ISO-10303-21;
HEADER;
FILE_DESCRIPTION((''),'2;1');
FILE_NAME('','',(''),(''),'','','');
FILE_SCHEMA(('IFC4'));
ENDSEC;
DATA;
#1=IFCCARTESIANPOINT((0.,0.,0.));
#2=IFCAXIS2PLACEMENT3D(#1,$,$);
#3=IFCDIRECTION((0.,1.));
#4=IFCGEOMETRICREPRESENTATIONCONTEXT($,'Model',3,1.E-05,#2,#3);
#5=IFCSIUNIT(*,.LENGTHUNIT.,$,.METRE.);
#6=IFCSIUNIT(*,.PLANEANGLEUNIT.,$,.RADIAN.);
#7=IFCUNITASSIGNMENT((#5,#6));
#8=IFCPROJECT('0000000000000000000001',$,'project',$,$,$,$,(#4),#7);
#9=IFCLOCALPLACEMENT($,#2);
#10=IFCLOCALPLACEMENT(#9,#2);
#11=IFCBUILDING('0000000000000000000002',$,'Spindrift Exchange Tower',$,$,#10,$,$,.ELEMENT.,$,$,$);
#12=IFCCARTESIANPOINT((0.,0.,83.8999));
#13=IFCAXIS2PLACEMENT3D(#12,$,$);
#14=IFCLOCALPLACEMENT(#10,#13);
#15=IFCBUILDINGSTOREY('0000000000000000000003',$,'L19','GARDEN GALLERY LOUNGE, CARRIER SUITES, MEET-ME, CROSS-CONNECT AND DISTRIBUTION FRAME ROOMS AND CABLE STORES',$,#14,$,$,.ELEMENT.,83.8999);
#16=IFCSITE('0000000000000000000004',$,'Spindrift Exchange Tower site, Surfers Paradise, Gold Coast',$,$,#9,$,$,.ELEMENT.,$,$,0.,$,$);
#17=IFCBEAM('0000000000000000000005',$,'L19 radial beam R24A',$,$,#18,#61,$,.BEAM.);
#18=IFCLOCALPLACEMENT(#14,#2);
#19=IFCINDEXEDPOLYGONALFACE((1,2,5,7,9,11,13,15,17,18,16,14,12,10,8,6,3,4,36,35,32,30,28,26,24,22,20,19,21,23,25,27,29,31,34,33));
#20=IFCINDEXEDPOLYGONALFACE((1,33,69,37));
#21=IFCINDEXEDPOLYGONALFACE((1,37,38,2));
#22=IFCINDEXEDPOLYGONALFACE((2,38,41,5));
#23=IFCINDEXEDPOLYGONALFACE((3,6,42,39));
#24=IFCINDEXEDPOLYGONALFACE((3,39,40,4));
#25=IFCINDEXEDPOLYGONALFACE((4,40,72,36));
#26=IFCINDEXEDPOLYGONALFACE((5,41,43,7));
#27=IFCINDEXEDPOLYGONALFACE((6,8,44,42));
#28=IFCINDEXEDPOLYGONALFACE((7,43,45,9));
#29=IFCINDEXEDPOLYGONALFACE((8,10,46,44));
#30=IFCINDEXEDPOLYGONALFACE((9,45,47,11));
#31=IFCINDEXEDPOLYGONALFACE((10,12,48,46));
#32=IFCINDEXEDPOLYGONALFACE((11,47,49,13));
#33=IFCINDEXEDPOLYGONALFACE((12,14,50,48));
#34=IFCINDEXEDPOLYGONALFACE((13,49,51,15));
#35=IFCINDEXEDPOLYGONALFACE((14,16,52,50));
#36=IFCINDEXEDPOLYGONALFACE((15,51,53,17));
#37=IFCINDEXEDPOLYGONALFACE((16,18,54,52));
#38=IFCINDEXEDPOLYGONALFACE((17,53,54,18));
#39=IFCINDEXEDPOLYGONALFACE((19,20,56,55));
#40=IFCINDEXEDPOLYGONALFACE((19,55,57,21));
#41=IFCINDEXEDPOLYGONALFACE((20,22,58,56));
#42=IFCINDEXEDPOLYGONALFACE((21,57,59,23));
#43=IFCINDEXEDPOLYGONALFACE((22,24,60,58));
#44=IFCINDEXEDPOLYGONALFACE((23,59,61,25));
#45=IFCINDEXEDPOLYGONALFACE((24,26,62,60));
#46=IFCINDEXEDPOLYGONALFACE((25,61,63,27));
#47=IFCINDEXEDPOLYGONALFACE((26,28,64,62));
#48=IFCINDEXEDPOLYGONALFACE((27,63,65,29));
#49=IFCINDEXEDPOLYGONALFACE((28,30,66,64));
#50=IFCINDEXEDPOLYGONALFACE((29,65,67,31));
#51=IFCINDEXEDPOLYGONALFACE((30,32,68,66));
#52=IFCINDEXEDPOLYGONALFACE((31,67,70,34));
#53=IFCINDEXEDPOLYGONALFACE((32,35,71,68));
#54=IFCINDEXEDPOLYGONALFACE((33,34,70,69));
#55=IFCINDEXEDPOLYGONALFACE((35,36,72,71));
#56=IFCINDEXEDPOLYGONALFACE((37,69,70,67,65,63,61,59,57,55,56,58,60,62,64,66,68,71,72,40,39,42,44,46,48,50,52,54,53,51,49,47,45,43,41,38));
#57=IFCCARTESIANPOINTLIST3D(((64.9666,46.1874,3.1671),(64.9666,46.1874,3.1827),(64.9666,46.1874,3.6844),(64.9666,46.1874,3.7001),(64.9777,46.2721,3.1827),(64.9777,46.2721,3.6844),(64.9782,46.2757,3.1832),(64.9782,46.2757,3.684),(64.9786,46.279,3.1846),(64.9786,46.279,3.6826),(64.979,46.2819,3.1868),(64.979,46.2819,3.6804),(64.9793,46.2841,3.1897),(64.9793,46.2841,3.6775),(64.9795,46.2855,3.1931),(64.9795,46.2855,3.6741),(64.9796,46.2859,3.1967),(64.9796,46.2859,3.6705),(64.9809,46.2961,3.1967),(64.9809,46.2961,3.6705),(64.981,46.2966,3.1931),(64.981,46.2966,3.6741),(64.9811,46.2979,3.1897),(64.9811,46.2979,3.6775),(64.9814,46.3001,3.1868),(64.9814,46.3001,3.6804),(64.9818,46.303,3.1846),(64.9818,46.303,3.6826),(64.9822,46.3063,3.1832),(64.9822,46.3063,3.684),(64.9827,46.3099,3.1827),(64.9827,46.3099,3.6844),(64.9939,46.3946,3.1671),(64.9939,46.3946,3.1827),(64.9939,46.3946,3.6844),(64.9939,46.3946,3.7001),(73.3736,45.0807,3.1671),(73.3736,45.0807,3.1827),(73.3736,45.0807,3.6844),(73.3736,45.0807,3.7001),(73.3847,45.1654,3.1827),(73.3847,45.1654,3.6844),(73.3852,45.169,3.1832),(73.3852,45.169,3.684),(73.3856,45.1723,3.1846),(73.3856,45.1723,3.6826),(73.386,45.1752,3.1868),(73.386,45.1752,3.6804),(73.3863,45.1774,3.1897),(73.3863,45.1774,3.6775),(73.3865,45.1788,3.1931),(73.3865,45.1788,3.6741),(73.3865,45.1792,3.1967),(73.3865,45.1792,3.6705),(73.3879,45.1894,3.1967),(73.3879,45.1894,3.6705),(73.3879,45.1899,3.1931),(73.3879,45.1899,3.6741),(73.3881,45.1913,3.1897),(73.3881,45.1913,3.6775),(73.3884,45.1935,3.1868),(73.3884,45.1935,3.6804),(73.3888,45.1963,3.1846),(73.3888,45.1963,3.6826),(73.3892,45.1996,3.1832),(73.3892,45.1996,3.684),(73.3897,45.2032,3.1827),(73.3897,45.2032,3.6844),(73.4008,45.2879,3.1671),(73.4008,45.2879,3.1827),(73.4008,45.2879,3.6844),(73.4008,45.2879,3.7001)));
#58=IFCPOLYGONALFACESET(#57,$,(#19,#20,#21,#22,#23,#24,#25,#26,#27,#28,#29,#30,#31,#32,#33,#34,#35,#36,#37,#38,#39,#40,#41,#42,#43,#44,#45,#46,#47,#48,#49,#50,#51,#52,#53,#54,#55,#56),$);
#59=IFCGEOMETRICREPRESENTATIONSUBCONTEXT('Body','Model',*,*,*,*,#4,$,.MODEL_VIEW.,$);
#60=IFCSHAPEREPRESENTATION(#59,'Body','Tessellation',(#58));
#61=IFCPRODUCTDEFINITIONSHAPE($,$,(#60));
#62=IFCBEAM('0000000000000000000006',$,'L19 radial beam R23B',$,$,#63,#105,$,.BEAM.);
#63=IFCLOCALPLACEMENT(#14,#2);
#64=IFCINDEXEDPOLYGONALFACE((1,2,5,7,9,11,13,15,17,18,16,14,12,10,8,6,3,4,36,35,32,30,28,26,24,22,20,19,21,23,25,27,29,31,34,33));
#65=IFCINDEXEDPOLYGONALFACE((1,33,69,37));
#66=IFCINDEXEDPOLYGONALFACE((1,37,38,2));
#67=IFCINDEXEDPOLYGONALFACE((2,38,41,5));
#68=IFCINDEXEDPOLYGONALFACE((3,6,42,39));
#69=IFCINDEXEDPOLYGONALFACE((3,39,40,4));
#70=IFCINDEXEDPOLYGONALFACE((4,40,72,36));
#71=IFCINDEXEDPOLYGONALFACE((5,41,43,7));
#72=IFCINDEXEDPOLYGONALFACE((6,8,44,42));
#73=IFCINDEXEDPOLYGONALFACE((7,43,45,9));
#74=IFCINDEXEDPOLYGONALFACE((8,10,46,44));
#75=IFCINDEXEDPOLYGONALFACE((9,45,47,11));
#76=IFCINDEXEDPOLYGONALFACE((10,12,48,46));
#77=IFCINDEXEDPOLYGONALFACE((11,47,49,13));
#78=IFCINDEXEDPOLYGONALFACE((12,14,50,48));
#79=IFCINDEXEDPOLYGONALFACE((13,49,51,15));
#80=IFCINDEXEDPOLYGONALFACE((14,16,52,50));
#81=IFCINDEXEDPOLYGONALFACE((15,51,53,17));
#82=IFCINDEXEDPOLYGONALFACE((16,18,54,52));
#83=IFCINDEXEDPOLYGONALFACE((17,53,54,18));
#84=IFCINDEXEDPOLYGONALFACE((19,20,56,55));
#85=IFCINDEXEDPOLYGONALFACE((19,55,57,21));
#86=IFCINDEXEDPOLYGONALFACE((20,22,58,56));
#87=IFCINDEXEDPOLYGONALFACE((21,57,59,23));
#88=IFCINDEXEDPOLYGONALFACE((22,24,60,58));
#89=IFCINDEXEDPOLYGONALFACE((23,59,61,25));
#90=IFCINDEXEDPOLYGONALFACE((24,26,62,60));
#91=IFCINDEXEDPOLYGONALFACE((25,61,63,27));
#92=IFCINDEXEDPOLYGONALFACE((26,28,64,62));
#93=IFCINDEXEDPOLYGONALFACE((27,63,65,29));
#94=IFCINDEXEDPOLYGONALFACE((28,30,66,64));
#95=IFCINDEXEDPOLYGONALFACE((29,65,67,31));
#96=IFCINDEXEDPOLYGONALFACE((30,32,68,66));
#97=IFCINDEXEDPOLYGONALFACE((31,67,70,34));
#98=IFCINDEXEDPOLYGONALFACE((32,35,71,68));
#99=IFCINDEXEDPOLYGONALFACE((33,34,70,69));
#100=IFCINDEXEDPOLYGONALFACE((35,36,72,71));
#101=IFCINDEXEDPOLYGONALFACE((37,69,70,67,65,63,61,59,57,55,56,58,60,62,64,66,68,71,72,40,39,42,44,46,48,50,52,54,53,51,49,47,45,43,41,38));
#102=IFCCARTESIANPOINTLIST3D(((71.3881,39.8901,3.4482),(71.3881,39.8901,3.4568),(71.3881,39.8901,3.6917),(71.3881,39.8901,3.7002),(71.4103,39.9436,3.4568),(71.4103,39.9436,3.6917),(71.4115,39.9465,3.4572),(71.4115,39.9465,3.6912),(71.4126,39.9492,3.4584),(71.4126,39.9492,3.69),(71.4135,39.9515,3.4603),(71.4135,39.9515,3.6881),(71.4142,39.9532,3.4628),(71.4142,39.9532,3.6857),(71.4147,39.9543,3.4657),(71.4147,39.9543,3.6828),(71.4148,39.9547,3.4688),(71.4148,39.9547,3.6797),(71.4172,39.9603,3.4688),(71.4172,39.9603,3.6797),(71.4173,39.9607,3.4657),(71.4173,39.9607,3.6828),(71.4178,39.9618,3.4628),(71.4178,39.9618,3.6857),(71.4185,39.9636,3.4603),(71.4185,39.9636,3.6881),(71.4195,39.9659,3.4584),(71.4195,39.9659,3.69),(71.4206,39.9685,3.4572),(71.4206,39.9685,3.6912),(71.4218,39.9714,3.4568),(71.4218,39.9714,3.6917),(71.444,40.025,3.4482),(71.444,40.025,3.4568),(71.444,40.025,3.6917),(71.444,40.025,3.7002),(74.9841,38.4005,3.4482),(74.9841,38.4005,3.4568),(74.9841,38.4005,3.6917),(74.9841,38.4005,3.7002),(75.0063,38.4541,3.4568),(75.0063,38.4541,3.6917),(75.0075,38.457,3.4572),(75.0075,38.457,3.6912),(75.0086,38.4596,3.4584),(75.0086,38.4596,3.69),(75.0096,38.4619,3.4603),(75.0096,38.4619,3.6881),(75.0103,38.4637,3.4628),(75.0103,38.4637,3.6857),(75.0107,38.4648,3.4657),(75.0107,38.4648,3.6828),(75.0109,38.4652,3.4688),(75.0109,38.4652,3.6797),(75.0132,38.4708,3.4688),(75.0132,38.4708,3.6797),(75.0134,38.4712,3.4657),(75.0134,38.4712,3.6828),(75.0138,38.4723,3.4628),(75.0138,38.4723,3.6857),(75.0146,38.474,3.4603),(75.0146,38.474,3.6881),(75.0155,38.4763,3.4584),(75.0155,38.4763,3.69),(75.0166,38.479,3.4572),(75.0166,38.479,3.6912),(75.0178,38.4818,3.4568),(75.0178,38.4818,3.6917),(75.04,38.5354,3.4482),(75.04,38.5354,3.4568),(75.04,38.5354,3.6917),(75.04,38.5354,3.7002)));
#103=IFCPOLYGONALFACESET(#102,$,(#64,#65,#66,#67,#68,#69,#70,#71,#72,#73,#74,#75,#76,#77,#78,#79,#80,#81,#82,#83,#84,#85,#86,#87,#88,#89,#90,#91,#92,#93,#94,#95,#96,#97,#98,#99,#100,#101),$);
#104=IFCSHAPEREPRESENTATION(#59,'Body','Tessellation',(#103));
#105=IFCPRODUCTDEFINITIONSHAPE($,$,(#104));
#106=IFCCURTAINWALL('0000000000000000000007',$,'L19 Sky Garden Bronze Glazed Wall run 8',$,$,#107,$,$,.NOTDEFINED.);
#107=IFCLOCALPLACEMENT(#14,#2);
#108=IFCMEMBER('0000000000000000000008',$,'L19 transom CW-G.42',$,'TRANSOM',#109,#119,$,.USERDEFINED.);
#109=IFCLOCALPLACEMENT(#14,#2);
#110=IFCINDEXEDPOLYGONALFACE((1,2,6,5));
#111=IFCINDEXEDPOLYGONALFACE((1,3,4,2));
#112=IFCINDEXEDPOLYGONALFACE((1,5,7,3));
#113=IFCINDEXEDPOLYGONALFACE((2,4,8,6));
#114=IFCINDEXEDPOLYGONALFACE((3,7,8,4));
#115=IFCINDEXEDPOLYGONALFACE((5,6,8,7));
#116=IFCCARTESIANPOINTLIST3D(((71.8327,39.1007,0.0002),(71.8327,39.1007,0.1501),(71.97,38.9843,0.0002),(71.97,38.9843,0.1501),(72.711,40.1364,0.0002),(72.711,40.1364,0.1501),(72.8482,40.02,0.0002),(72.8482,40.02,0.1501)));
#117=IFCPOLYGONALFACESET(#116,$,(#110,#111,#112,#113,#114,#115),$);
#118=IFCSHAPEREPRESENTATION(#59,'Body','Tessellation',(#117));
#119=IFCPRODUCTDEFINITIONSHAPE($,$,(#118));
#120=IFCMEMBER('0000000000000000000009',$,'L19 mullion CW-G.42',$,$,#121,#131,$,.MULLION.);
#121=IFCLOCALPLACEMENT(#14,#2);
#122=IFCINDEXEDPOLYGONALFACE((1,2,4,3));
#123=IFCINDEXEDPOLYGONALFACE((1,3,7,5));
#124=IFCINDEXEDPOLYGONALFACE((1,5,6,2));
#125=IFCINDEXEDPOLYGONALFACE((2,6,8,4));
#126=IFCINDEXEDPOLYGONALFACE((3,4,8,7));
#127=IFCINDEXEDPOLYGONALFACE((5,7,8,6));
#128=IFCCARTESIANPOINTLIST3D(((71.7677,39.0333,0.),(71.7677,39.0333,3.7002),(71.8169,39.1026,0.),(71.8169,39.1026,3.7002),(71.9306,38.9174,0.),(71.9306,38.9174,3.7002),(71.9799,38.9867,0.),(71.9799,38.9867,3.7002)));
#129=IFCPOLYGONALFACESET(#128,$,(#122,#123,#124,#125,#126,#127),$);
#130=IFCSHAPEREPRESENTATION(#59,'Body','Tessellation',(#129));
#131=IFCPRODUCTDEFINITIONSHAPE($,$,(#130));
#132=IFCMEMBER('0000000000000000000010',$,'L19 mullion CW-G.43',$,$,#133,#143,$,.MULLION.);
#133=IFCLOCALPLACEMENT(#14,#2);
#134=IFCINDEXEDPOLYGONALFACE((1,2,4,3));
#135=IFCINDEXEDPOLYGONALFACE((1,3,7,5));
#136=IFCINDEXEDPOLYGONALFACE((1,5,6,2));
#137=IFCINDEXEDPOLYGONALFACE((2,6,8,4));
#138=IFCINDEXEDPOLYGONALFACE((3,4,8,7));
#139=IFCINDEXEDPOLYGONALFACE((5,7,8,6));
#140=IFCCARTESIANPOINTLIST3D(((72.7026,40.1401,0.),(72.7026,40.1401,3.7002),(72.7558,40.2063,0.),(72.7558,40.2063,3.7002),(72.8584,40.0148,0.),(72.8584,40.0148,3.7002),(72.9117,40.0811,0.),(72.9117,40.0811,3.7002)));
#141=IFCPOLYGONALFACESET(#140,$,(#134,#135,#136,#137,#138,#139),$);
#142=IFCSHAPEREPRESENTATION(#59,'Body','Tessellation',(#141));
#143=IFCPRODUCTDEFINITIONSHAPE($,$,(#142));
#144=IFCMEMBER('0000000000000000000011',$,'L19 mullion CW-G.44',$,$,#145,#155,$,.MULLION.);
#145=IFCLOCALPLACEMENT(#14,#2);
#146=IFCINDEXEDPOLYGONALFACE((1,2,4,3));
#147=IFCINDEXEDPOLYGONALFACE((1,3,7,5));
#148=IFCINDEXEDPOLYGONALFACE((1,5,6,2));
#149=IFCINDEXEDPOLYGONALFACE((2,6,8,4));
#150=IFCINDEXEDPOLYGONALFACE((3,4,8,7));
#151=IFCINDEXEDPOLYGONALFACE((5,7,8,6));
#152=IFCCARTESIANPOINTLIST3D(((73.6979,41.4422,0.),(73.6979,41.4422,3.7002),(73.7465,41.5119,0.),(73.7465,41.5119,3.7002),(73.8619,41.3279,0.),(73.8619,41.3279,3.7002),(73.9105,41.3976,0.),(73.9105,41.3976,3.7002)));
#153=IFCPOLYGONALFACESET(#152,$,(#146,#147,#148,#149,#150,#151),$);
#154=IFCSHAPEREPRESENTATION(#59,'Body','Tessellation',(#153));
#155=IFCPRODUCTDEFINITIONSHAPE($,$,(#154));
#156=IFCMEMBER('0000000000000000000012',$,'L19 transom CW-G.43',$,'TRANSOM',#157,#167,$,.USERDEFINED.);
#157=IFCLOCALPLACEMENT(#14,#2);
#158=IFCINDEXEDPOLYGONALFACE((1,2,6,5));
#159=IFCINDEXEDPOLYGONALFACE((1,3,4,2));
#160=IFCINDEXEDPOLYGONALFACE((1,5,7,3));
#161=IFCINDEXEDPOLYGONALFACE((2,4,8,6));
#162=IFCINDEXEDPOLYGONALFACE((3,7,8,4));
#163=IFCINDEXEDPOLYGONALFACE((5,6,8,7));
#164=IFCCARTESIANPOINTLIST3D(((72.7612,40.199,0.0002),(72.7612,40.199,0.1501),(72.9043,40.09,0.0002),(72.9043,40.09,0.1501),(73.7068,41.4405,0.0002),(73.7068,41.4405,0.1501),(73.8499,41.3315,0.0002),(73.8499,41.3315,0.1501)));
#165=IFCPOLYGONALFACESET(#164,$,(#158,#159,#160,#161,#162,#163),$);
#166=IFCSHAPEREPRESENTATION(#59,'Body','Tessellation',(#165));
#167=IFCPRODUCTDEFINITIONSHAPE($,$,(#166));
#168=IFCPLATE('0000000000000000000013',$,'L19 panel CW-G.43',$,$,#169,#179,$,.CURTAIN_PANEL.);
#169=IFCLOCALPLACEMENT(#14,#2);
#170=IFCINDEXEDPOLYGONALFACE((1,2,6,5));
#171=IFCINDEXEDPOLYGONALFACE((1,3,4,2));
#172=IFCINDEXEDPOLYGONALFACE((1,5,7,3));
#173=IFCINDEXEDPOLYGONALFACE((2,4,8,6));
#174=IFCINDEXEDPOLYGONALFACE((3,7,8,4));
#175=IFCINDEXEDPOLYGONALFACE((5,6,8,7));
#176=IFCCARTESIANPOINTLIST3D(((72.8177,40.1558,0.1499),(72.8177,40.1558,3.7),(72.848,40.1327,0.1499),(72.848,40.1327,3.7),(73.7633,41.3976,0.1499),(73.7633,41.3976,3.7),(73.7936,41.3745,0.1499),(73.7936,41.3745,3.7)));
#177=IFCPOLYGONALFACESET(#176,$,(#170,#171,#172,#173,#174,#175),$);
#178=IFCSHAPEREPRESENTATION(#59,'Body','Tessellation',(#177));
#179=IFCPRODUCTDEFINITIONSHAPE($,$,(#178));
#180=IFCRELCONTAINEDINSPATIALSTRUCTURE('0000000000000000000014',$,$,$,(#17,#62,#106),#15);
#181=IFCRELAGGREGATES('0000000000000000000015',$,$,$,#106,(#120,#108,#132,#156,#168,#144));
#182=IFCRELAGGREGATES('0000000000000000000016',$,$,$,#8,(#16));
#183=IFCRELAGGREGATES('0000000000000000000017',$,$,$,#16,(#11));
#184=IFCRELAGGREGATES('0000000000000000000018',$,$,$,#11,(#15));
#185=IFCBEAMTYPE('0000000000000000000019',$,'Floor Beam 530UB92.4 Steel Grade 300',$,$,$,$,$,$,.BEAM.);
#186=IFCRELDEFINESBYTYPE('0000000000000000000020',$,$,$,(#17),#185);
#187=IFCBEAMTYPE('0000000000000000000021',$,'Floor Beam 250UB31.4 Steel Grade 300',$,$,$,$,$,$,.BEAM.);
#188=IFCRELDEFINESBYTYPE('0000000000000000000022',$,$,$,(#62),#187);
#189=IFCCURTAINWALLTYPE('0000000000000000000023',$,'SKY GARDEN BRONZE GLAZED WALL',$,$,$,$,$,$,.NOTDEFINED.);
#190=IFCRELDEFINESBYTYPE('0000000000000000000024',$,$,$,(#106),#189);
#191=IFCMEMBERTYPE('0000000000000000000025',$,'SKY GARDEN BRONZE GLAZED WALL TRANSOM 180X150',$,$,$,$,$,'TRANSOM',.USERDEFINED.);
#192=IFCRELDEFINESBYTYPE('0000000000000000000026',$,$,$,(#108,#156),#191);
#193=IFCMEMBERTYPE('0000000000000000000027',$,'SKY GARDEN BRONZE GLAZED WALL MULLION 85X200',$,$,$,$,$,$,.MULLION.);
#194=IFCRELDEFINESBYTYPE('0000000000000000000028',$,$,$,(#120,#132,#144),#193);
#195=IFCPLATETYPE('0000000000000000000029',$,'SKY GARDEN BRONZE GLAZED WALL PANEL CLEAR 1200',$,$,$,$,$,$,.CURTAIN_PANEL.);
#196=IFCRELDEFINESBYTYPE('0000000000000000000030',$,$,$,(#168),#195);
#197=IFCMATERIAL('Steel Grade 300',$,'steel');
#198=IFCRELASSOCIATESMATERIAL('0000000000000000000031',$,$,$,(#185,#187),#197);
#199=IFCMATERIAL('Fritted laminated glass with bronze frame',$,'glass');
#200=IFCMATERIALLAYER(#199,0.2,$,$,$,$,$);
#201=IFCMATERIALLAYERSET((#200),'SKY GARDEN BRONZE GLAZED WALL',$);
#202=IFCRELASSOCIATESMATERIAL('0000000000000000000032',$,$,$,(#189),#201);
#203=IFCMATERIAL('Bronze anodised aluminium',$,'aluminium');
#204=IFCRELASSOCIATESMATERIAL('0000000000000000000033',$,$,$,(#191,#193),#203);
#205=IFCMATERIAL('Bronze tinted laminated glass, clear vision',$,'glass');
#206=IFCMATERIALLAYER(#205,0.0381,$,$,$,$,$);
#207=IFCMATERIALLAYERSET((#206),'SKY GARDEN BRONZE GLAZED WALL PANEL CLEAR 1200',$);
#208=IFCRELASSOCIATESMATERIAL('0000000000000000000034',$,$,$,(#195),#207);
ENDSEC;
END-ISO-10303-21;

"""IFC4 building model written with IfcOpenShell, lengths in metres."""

from ifc_helpers import new_model, si_unit, direction, frame, origin, origin_2d, place, context, subcontext, project, spatial, rectangle, i_section, extrude, source, transform, mapped, material, layer, layer_set, material_profile, profile_set, type_object, element, aggregate, save


model = new_model("IFC4")

# Units and contexts
model_context = context("Model", 3, precision=1e-05, world=origin(), true_north=direction((0.0, 1.0)))
body_context = subcontext(model_context, "Body", "Model", "MODEL_VIEW")
ifc_project = project(units=[si_unit("LENGTHUNIT", "METRE"), si_unit("PLANEANGLEUNIT", "RADIAN")], contexts=[model_context])

# Site, building, storey
site_placement = place(None, origin())
site = spatial("IfcSite", under=ifc_project, at=site_placement, Name="Spindrift Exchange Tower site, Surfers Paradise, Gold Coast", CompositionType="ELEMENT", RefElevation=0.0)
building_placement = place(site_placement, origin())
building = spatial("IfcBuilding", under=site, at=building_placement, Name="Spindrift Exchange Tower", CompositionType="ELEMENT")
storey_placement = place(building_placement, frame((0.0, 0.0, 83.8999)))
storey = spatial("IfcBuildingStorey", under=building, at=storey_placement, Name="L19", Description="GARDEN GALLERY LOUNGE, CARRIER SUITES, MEET-ME, CROSS-CONNECT AND DISTRIBUTION FRAME ROOMS AND CABLE STORES", CompositionType="ELEMENT", Elevation=83.8999)

# Beams
ifc_material_1 = material(Name="Steel Grade 300", Category="steel")
ifc_material_profile_1 = material_profile(ifc_material_1, i_section(OverallWidth=0.209, OverallDepth=0.533, WebThickness=0.0103, FlangeThickness=0.0156, FilletRadius=0.0139, at=origin_2d()), Name="530UB92.4")
ifc_profile_set_1 = profile_set([ifc_material_profile_1], Name="Steel Grade 300")
beam_type_1 = type_object("IfcBeamType", Name="Floor Beam 530UB92.4 Steel Grade 300", PredefinedType="BEAM", material=ifc_profile_set_1)
shared_shape_1 = source(origin(), body_context, "Body", "SweptSolid", [
    extrude(i_section(OverallWidth=0.209, OverallDepth=0.533, WebThickness=0.0103, FlangeThickness=0.0156, FilletRadius=0.0139, at=origin_2d()), origin(), (0.0, 0.0, 1.0), 8.4795),
])
beam_1_placement = place(storey_placement, frame((64.9802, 46.291, 3.4336), z_axis=(0.991447, -0.130513, 0.0), x_axis=(0.130513, 0.991447, 0.0)))
element("IfcBeam", 1, at=beam_1_placement, inside=storey, type_object=beam_type_1, Name="L19 radial beam R24A", PredefinedType="BEAM", context=body_context, shape_type="MappedRepresentation", body=[
    mapped(shared_shape_1, transform((0.0, 0.0, 0.0), scale=1.0)),
])
ifc_material_profile_2 = material_profile(ifc_material_1, i_section(OverallWidth=0.146, OverallDepth=0.252, WebThickness=0.0061, FlangeThickness=0.0085, FilletRadius=0.012, at=origin_2d()), Name="250UB31.4")
ifc_profile_set_2 = profile_set([ifc_material_profile_2], Name="Steel Grade 300")
beam_type_2 = type_object("IfcBeamType", Name="Floor Beam 250UB31.4 Steel Grade 300", PredefinedType="BEAM", material=ifc_profile_set_2)
shared_shape_2 = source(origin(), body_context, "Body", "SweptSolid", [
    extrude(i_section(OverallWidth=0.146, OverallDepth=0.252, WebThickness=0.0061, FlangeThickness=0.0085, FilletRadius=0.012, at=origin_2d()), origin(), (0.0, 0.0, 1.0), 3.8923),
])
beam_2_placement = place(storey_placement, frame((71.416, 39.9575, 3.5742), z_axis=(0.923878, -0.382686, 0.0), x_axis=(0.382686, 0.923878, 0.0)))
element("IfcBeam", 2, at=beam_2_placement, inside=storey, type_object=beam_type_2, Name="L19 radial beam R23B", PredefinedType="BEAM", context=body_context, shape_type="MappedRepresentation", body=[
    mapped(shared_shape_2, transform((0.0, 0.0, 0.0), scale=1.0)),
])

# Curtain wall, members, plate
ifc_material_2 = material(Name="Fritted laminated glass with bronze frame", Category="glass")
ifc_layer_1 = layer(ifc_material_2, 0.2)
ifc_layer_set_1 = layer_set([ifc_layer_1], Name="SKY GARDEN BRONZE GLAZED WALL")
curtain_wall_type = type_object("IfcCurtainWallType", Name="SKY GARDEN BRONZE GLAZED WALL", PredefinedType="NOTDEFINED", material=ifc_layer_set_1)
curtain_wall_placement = place(storey_placement, origin())
curtain_wall = element("IfcCurtainWall", 3, at=curtain_wall_placement, inside=storey, type_object=curtain_wall_type, Name="L19 Sky Garden Bronze Glazed Wall run 8", PredefinedType="NOTDEFINED")
ifc_material_3 = material(Name="Bronze anodised aluminium", Category="aluminium")
ifc_material_profile_3 = material_profile(ifc_material_3, rectangle(XDim=0.1799, YDim=0.1499, at=origin_2d()), Name="SKY GARDEN BRONZE GLAZED WALL TRANSOM 180X150")
ifc_profile_set_3 = profile_set([ifc_material_profile_3], Name="Bronze anodised aluminium")
member_type_1 = type_object("IfcMemberType", Name="SKY GARDEN BRONZE GLAZED WALL TRANSOM 180X150", ElementType="TRANSOM", PredefinedType="USERDEFINED", material=ifc_profile_set_3)
shared_shape_3 = source(origin(), body_context, "Body", "SweptSolid", [
    extrude(rectangle(XDim=0.1799, YDim=0.1499, at=origin_2d()), origin(), (0.0, 0.0, 1.0), 1.3579),
])
member_1_placement = place(storey_placement, frame((71.9014, 39.0425, 0.0752), z_axis=(0.64674, 0.762711, 0.0), x_axis=(-0.762711, 0.64674, 0.0)))
member_1 = element("IfcMember", 4, at=member_1_placement, type_object=member_type_1, Name="L19 transom CW-G.42", ObjectType="TRANSOM", PredefinedType="USERDEFINED", context=body_context, shape_type="MappedRepresentation", body=[
    mapped(shared_shape_3, transform((0.0, 0.0, 0.0), scale=1.0)),
])
ifc_material_profile_4 = material_profile(ifc_material_3, rectangle(XDim=0.085, YDim=0.2, at=origin_2d()), Name="SKY GARDEN BRONZE GLAZED WALL MULLION 85X200")
ifc_profile_set_4 = profile_set([ifc_material_profile_4], Name="Bronze anodised aluminium")
member_type_2 = type_object("IfcMemberType", Name="SKY GARDEN BRONZE GLAZED WALL MULLION 85X200", PredefinedType="MULLION", material=ifc_profile_set_4)
shared_shape_4 = source(origin(), body_context, "Body", "SweptSolid", [
    extrude(rectangle(XDim=0.085, YDim=0.2, at=origin_2d()), origin(), (0.0, 0.0, 1.0), 3.7002),
])
member_2_placement = place(storey_placement, frame((71.8738, 39.01, 0.0), z_axis=(0.0, 0.0, 1.0), x_axis=(0.579583, 0.814913, 0.0)))
member_2 = element("IfcMember", 5, at=member_2_placement, type_object=member_type_2, Name="L19 mullion CW-G.42", PredefinedType="MULLION", context=body_context, shape_type="MappedRepresentation", body=[
    mapped(shared_shape_4, transform((0.0, 0.0, 0.0), scale=1.0)),
])
member_3_placement = place(storey_placement, frame((72.8071, 40.1106, 0.0), z_axis=(0.0, 0.0, 1.0), x_axis=(0.626527, 0.7794, 0.0)))
member_3 = element("IfcMember", 6, at=member_3_placement, type_object=member_type_2, Name="L19 mullion CW-G.43", PredefinedType="MULLION", context=body_context, shape_type="MappedRepresentation", body=[
    mapped(shared_shape_4, transform((0.0, 0.0, 0.0), scale=1.0)),
])
member_4_placement = place(storey_placement, frame((73.8042, 41.4199, 0.0), z_axis=(0.0, 0.0, 1.0), x_axis=(0.57181, 0.820386, 0.0)))
member_4 = element("IfcMember", 7, at=member_4_placement, type_object=member_type_2, Name="L19 mullion CW-G.44", PredefinedType="MULLION", context=body_context, shape_type="MappedRepresentation", body=[
    mapped(shared_shape_4, transform((0.0, 0.0, 0.0), scale=1.0)),
])
shared_shape_5 = source(origin(), body_context, "Body", "SweptSolid", [
    extrude(rectangle(XDim=0.1799, YDim=0.1499, at=origin_2d()), origin(), (0.0, 0.0, 1.0), 1.5605),
])
member_5_placement = place(storey_placement, frame((72.8328, 40.1445, 0.0752), z_axis=(0.605916, 0.795529, 0.0), x_axis=(-0.795529, 0.605916, 0.0)))
member_5 = element("IfcMember", 8, at=member_5_placement, type_object=member_type_1, Name="L19 transom CW-G.43", ObjectType="TRANSOM", PredefinedType="USERDEFINED", context=body_context, shape_type="MappedRepresentation", body=[
    mapped(shared_shape_5, transform((0.0, 0.0, 0.0), scale=1.0)),
])
ifc_material_4 = material(Name="Bronze tinted laminated glass, clear vision", Category="glass")
ifc_layer_2 = layer(ifc_material_4, 0.0381)
ifc_layer_set_2 = layer_set([ifc_layer_2], Name="SKY GARDEN BRONZE GLAZED WALL PANEL CLEAR 1200")
plate_type_1 = type_object("IfcPlateType", Name="SKY GARDEN BRONZE GLAZED WALL PANEL CLEAR 1200", PredefinedType="CURTAIN_PANEL", material=ifc_layer_set_2)
shared_shape_6 = source(origin(), body_context, "Body", "SweptSolid", [
    extrude(rectangle(XDim=1.5608, YDim=0.0381, at=origin_2d()), origin(), (0.0, 0.0, 1.0), 3.55),
])
plate_1_placement = place(storey_placement, frame((73.3057, 40.7651, 0.1499), z_axis=(0.0, 0.0, 1.0), x_axis=(0.605827, 0.795596, 0.0)))
plate_1 = element("IfcPlate", 9, at=plate_1_placement, type_object=plate_type_1, Name="L19 panel CW-G.43", PredefinedType="CURTAIN_PANEL", context=body_context, shape_type="MappedRepresentation", body=[
    mapped(shared_shape_6, transform((0.0, 0.0, 0.0), scale=1.0)),
])
aggregate(curtain_wall, [member_2, member_1, member_3, member_5, plate_1, member_4])

save(model, "model.ifc")
